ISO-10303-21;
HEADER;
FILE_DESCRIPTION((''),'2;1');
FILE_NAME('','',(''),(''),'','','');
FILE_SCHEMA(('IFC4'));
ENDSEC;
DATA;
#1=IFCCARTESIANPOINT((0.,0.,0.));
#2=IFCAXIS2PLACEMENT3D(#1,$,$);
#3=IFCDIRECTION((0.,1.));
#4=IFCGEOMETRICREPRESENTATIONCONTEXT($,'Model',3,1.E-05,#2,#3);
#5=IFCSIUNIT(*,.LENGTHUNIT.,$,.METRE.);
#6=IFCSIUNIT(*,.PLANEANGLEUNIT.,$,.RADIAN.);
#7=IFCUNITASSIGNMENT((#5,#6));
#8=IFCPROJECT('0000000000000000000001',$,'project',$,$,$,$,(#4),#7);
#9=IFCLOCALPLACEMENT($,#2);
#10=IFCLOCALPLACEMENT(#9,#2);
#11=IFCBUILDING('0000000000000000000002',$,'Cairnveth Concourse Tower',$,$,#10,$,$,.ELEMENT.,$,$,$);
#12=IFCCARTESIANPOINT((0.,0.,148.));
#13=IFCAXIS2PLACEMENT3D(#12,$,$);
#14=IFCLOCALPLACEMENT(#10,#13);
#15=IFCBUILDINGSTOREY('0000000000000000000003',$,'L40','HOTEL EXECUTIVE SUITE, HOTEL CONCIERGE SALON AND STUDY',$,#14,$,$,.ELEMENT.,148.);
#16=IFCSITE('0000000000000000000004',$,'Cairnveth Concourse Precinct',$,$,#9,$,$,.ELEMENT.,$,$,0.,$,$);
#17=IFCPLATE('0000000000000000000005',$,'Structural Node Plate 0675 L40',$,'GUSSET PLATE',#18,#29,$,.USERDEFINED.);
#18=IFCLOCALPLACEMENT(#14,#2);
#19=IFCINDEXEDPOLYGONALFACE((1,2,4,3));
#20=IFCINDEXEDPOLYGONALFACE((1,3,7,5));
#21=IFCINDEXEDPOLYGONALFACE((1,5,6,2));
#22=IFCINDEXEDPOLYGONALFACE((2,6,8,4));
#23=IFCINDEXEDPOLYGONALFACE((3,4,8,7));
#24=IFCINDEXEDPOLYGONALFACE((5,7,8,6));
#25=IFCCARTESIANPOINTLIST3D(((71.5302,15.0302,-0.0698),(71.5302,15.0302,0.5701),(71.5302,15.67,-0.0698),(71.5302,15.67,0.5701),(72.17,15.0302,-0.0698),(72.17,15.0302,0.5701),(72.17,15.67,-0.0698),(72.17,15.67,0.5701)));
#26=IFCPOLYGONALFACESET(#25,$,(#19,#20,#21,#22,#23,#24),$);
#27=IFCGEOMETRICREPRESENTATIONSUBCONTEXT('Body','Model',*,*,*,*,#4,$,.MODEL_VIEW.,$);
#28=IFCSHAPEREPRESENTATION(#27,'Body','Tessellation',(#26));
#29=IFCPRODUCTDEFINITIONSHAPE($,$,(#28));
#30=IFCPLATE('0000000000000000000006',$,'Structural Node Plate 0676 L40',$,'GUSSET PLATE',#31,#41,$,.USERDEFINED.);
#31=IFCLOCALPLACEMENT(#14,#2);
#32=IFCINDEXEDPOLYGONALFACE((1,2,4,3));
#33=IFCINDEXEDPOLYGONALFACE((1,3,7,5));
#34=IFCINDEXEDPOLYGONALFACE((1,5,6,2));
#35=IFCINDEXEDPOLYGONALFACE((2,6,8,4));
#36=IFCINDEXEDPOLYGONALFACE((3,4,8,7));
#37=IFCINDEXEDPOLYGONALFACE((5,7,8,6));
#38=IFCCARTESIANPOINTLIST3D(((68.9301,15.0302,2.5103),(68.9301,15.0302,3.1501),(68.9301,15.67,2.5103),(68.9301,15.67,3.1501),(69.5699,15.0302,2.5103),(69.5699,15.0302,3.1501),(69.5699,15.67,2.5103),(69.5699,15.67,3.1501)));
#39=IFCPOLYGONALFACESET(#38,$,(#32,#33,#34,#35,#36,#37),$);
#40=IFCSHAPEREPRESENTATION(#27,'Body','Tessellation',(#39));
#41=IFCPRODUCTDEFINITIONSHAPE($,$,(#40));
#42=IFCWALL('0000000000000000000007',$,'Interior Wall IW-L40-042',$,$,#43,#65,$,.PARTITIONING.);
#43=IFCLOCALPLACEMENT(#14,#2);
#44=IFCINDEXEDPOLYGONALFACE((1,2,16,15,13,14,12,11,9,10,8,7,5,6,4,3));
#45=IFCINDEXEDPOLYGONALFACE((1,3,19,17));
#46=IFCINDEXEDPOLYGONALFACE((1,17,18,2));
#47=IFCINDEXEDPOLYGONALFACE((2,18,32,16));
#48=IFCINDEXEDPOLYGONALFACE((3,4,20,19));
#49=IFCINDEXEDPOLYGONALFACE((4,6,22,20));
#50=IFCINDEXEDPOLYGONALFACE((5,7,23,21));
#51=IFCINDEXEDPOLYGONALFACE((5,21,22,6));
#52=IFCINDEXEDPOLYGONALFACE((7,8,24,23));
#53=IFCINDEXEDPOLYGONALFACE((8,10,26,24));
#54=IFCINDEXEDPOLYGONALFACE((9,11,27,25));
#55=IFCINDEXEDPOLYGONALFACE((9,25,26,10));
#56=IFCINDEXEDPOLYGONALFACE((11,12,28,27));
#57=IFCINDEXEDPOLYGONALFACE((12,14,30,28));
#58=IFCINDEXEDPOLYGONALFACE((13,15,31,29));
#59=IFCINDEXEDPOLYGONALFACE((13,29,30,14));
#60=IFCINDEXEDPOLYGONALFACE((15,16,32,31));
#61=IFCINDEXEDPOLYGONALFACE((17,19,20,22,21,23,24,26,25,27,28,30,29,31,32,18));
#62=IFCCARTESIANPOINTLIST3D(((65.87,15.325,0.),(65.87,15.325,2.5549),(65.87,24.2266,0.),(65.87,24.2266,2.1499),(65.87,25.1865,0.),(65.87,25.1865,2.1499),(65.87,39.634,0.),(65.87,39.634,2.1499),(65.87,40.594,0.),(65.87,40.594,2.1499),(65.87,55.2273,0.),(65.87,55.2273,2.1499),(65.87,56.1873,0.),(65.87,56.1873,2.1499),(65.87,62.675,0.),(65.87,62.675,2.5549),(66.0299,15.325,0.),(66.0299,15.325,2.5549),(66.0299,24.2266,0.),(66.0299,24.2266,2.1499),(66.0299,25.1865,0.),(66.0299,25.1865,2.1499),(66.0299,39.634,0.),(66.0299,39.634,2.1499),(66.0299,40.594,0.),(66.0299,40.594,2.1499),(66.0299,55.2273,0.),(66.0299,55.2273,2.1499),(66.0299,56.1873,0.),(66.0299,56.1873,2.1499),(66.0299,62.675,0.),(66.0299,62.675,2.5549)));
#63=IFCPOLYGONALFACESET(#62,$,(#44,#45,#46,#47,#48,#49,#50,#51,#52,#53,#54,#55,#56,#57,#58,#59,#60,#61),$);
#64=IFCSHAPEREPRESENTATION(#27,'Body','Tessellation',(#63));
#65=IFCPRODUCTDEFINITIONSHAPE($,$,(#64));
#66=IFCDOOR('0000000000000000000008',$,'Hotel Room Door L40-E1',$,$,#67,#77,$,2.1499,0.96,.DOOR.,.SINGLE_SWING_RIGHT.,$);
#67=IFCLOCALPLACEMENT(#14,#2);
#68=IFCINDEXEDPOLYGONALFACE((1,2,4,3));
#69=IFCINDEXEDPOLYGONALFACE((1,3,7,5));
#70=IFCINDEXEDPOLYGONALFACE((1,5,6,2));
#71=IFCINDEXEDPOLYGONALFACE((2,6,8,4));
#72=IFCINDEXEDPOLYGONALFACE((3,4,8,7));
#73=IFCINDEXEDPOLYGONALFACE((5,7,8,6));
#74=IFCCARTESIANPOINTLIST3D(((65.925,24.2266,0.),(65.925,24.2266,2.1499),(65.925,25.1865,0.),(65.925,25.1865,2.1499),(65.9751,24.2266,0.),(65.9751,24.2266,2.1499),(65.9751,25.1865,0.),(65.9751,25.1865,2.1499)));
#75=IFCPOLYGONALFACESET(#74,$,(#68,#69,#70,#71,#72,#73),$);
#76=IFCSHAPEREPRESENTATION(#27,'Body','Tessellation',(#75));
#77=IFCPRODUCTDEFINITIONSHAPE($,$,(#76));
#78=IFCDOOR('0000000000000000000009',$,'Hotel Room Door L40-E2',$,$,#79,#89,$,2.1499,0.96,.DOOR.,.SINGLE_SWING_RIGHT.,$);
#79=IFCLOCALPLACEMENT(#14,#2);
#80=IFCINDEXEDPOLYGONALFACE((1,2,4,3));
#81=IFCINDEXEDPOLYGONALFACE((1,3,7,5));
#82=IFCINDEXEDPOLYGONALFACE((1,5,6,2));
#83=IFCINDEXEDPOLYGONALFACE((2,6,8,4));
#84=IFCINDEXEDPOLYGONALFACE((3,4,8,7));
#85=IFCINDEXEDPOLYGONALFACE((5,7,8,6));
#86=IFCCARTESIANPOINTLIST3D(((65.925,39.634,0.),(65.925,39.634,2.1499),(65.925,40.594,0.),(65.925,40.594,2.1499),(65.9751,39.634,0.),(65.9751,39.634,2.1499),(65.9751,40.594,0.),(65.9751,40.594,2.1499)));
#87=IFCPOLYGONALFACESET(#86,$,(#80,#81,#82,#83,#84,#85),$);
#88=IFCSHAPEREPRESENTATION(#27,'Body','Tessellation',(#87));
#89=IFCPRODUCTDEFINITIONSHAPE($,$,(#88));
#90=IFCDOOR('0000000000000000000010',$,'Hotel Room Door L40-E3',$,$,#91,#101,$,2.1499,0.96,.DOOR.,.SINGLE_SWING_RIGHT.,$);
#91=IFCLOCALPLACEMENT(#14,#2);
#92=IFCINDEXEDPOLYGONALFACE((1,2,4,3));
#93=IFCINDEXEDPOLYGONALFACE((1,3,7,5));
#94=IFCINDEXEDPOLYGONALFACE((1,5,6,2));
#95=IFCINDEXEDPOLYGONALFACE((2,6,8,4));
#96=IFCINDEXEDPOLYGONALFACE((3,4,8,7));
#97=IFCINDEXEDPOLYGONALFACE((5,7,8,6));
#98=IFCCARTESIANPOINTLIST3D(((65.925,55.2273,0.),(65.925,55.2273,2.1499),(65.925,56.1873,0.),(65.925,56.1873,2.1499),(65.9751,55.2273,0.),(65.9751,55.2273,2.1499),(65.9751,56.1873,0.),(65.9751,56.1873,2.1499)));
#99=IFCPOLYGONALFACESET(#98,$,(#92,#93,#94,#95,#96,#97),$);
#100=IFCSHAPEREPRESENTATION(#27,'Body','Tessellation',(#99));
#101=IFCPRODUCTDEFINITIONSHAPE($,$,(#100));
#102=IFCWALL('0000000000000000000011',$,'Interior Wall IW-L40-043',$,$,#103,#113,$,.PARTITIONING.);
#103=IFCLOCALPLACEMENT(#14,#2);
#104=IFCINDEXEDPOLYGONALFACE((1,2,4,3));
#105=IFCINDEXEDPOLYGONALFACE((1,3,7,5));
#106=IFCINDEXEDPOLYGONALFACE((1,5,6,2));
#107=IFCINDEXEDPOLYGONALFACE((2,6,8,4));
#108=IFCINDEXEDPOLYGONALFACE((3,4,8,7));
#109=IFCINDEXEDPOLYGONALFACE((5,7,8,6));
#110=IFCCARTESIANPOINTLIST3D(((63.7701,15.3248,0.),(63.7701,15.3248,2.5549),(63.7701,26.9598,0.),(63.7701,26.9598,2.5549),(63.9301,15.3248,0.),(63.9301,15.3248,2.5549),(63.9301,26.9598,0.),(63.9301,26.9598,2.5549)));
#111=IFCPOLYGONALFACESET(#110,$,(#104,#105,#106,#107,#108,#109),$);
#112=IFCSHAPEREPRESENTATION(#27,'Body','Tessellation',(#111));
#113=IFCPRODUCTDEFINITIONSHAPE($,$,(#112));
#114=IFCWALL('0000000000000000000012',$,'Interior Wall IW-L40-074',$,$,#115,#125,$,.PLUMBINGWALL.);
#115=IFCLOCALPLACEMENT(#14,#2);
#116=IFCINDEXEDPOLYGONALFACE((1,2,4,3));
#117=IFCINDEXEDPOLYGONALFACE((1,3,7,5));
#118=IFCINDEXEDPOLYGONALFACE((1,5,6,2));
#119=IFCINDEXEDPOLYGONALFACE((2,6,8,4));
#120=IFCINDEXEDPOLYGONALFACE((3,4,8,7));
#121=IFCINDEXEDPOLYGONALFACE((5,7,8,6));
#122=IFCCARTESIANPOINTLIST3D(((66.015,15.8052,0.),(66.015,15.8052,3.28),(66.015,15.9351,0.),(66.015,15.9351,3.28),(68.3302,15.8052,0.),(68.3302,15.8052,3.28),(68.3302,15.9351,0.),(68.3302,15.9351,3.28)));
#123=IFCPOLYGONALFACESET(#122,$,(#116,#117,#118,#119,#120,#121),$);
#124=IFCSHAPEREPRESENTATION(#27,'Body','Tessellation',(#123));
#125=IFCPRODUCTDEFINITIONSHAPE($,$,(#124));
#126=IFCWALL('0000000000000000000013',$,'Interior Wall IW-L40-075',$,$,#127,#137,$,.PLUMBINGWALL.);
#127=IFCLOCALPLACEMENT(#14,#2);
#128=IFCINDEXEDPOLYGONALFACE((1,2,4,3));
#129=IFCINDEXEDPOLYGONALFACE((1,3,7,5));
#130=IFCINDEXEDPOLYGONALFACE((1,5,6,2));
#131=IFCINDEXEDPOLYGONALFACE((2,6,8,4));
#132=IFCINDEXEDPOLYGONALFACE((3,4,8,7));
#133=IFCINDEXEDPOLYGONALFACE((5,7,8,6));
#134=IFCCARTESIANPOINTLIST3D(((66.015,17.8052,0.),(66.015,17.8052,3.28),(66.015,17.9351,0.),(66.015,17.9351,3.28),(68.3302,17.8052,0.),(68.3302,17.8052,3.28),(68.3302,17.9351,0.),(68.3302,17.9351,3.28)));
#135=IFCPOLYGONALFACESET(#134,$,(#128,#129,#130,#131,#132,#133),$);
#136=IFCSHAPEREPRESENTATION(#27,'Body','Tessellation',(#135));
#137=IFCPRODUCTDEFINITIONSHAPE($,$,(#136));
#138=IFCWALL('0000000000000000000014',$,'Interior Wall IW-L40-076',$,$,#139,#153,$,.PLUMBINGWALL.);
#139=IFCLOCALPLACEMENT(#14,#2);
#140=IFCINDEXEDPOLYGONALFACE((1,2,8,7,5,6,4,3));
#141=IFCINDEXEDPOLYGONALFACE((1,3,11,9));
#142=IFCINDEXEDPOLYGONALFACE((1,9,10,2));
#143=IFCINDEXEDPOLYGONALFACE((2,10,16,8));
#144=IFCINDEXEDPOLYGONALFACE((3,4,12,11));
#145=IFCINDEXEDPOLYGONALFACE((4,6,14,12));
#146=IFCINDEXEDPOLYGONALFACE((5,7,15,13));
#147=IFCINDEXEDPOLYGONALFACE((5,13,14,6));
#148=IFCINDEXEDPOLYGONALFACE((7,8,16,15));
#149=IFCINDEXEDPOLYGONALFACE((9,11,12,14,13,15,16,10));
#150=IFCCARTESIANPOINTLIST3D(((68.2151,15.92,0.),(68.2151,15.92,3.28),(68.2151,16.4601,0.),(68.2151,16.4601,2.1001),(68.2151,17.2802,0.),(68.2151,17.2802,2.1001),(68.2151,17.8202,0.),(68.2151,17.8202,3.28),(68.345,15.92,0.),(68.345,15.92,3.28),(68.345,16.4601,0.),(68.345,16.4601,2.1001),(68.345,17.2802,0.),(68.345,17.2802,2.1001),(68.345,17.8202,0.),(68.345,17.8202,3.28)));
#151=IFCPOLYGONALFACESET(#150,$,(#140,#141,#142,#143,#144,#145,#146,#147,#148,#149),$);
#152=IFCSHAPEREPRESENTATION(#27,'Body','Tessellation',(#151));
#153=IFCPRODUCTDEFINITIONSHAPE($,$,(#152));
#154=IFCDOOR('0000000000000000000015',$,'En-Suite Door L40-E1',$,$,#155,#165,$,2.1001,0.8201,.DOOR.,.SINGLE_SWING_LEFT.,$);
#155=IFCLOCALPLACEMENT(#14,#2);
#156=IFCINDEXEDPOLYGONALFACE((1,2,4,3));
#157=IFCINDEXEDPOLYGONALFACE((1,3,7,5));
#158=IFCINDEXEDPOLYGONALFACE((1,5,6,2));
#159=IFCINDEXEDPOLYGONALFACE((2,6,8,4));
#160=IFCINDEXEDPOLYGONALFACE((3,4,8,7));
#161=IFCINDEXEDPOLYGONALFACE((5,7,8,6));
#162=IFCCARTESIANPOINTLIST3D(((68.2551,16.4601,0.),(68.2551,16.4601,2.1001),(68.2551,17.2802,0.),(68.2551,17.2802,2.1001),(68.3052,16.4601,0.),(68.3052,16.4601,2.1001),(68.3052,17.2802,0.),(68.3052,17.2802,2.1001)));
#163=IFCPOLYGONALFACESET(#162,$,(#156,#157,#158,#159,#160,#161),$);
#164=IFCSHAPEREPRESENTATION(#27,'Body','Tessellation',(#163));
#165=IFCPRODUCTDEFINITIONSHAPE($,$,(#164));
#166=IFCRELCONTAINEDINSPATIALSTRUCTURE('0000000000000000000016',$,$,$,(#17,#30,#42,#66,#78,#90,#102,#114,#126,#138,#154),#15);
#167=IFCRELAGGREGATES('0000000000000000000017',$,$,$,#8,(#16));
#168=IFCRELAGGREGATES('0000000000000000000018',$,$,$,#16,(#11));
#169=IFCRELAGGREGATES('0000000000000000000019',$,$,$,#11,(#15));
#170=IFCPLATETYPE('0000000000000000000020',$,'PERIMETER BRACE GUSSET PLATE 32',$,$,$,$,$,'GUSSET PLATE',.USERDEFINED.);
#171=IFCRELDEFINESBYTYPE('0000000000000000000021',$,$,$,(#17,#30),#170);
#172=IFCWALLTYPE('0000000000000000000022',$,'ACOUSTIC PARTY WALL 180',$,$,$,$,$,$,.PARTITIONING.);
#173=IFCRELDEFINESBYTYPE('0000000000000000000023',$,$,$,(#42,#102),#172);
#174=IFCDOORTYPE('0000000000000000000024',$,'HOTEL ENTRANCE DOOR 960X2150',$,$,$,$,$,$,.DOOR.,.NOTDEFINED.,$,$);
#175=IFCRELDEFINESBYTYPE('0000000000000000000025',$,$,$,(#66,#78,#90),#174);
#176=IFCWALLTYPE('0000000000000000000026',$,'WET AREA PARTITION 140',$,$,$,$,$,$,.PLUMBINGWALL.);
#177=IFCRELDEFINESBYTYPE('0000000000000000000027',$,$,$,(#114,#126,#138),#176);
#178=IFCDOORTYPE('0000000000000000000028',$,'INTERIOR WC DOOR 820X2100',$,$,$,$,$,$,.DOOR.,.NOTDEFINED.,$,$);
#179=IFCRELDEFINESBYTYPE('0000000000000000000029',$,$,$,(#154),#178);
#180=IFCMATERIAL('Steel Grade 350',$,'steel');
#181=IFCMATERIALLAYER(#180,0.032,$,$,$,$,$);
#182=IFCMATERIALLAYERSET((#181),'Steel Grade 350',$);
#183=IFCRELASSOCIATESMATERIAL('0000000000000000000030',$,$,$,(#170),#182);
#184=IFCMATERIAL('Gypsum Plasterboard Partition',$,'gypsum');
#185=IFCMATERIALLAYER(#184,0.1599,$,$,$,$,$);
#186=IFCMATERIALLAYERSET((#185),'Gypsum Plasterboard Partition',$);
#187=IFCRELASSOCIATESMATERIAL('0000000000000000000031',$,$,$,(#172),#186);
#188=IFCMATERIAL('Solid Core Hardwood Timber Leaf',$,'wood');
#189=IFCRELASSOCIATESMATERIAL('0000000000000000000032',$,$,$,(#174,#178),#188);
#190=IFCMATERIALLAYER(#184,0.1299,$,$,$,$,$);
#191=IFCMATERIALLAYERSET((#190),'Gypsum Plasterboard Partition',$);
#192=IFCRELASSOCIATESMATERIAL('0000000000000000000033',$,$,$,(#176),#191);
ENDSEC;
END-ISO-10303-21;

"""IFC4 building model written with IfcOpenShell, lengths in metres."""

from ifc_helpers import new_model, si_unit, direction, frame, frame_2d, origin, origin_2d, place, context, subcontext, project, spatial, rectangle, extrude, material, layer, layer_set, type_object, element, fill, save


model = new_model("IFC4")

# Units and contexts
model_context = context("Model", 3, precision=1e-05, world=origin(), true_north=direction((0.0, 1.0)))
body_context = subcontext(model_context, "Body", "Model", "MODEL_VIEW")
ifc_project = project(units=[si_unit("LENGTHUNIT", "METRE"), si_unit("PLANEANGLEUNIT", "RADIAN")], contexts=[model_context])

# Site, building, storey
site_placement = place(None, origin())
site = spatial("IfcSite", under=ifc_project, at=site_placement, Name="Cairnveth Concourse Precinct", CompositionType="ELEMENT", RefElevation=0.0)
building_placement = place(site_placement, origin())
building = spatial("IfcBuilding", under=site, at=building_placement, Name="Cairnveth Concourse Tower", CompositionType="ELEMENT")
storey_placement = place(building_placement, frame((0.0, 0.0, 148.0)))
storey = spatial("IfcBuildingStorey", under=building, at=storey_placement, Name="L40", Description="HOTEL EXECUTIVE SUITE, HOTEL CONCIERGE SALON AND STUDY", CompositionType="ELEMENT", Elevation=148.0)

# Shared definitions
ifc_material_1 = material(Name="Steel Grade 350", Category="steel")

# Plates
ifc_layer_1 = layer(ifc_material_1, 0.032)
ifc_layer_set_1 = layer_set([ifc_layer_1], Name="Steel Grade 350")
plate_type = type_object("IfcPlateType", Name="PERIMETER BRACE GUSSET PLATE 32", ElementType="GUSSET PLATE", PredefinedType="USERDEFINED", material=ifc_layer_set_1)
for number, where, z_axis, x_axis, name in (
    (1, (71.8501, 15.3501, -0.0698), (0.0, 0.0, 1.0), (1.0, 0.0, 0.0), "Structural Node Plate 0675 L40"),
    (2, (69.25, 15.3501, 2.5103), (0.0, 0.0, 1.0), (1.0, 0.0, 0.0), "Structural Node Plate 0676 L40"),
):
    element("IfcPlate", number, at=place(storey_placement, frame(where, z_axis=z_axis, x_axis=x_axis)), inside=storey, type_object=plate_type, Name=name, ObjectType="GUSSET PLATE", PredefinedType="USERDEFINED", context=body_context, shape_type="SweptSolid", body=[
        extrude(rectangle(XDim=0.6399, YDim=0.6399, at=origin_2d()), origin(), (0.0, 0.0, 1.0), 0.6399),
    ])

# Wall, openings, doors
ifc_material_2 = material(Name="Gypsum Plasterboard Partition", Category="gypsum")
ifc_layer_2 = layer(ifc_material_2, 0.1599)
ifc_layer_set_2 = layer_set([ifc_layer_2], Name="Gypsum Plasterboard Partition")
wall_type_1 = type_object("IfcWallType", Name="ACOUSTIC PARTY WALL 180", PredefinedType="PARTITIONING", material=ifc_layer_set_2)
wall_1_placement = place(storey_placement, frame((65.95, 15.325, 0.0), z_axis=(0.0, 0.0, 1.0), x_axis=(0.0, 1.0, 0.0)))
wall_1 = element("IfcWall", 3, at=wall_1_placement, inside=storey, type_object=wall_type_1, Name="Interior Wall IW-L40-042", PredefinedType="PARTITIONING", context=body_context, shape_type="SweptSolid", body=[
    extrude(rectangle(XDim=47.3501, YDim=0.1599, at=frame_2d((23.675, 0.0))), origin(), (0.0, 0.0, 1.0), 2.5549),
])
opening_1_placement = place(wall_1_placement, frame((8.9016, 0.0, 0.0)))
opening_1 = element("IfcOpeningElement", 4, at=opening_1_placement, cuts=wall_1, PredefinedType="OPENING", context=body_context, shape_type="SweptSolid", body=[
    extrude(rectangle(XDim=0.96, YDim=2.1499, at=frame_2d((0.48, 1.075))), frame((0.0, 0.0898, 0.0), z_axis=(0.0, -1.0, 0.0), x_axis=(1.0, 0.0, 0.0)), (0.0, 0.0, 1.0), 0.1799),
])
opening_2_placement = place(wall_1_placement, frame((24.3091, 0.0, 0.0)))
opening_2 = element("IfcOpeningElement", 5, at=opening_2_placement, cuts=wall_1, PredefinedType="OPENING", context=body_context, shape_type="SweptSolid", body=[
    extrude(rectangle(XDim=0.96, YDim=2.1499, at=frame_2d((0.48, 1.075))), frame((0.0, 0.0898, 0.0), z_axis=(0.0, -1.0, 0.0), x_axis=(1.0, 0.0, 0.0)), (0.0, 0.0, 1.0), 0.1799),
])
opening_3_placement = place(wall_1_placement, frame((39.9023, 0.0, 0.0)))
opening_3 = element("IfcOpeningElement", 6, at=opening_3_placement, cuts=wall_1, PredefinedType="OPENING", context=body_context, shape_type="SweptSolid", body=[
    extrude(rectangle(XDim=0.96, YDim=2.1499, at=frame_2d((0.48, 1.075))), frame((0.0, 0.0898, 0.0), z_axis=(0.0, -1.0, 0.0), x_axis=(1.0, 0.0, 0.0)), (0.0, 0.0, 1.0), 0.1799),
])
ifc_material_3 = material(Name="Solid Core Hardwood Timber Leaf", Category="wood")
door_type_1 = type_object("IfcDoorType", Name="HOTEL ENTRANCE DOOR 960X2150", OperationType="NOTDEFINED", PredefinedType="DOOR", material=ifc_material_3)
door_1_placement = place(opening_1_placement, origin())
door_1 = element("IfcDoor", 7, at=door_1_placement, inside=storey, type_object=door_type_1, Name="Hotel Room Door L40-E1", OperationType="SINGLE_SWING_RIGHT", OverallHeight=2.1499, OverallWidth=0.96, PredefinedType="DOOR", context=body_context, shape_type="SweptSolid", body=[
    extrude(rectangle(XDim=0.96, YDim=2.1499, at=frame_2d((0.48, 1.075))), frame((0.0, 0.0249, 0.0), z_axis=(0.0, -1.0, 0.0), x_axis=(1.0, 0.0, 0.0)), (0.0, 0.0, 1.0), 0.05),
])
fill(opening_1, door_1)
door_2_placement = place(opening_2_placement, origin())
door_2 = element("IfcDoor", 8, at=door_2_placement, inside=storey, type_object=door_type_1, Name="Hotel Room Door L40-E2", OperationType="SINGLE_SWING_RIGHT", OverallHeight=2.1499, OverallWidth=0.96, PredefinedType="DOOR", context=body_context, shape_type="SweptSolid", body=[
    extrude(rectangle(XDim=0.96, YDim=2.1499, at=frame_2d((0.48, 1.075))), frame((0.0, 0.0249, 0.0), z_axis=(0.0, -1.0, 0.0), x_axis=(1.0, 0.0, 0.0)), (0.0, 0.0, 1.0), 0.05),
])
fill(opening_2, door_2)
door_3_placement = place(opening_3_placement, origin())
door_3 = element("IfcDoor", 9, at=door_3_placement, inside=storey, type_object=door_type_1, Name="Hotel Room Door L40-E3", OperationType="SINGLE_SWING_RIGHT", OverallHeight=2.1499, OverallWidth=0.96, PredefinedType="DOOR", context=body_context, shape_type="SweptSolid", body=[
    extrude(rectangle(XDim=0.96, YDim=2.1499, at=frame_2d((0.48, 1.075))), frame((0.0, 0.0249, 0.0), z_axis=(0.0, -1.0, 0.0), x_axis=(1.0, 0.0, 0.0)), (0.0, 0.0, 1.0), 0.05),
])
fill(opening_3, door_3)

# Walls
wall_2_placement = place(storey_placement, frame((63.8501, 15.325, 0.0), z_axis=(0.0, 0.0, 1.0), x_axis=(0.0, 1.0, 0.0)))
element("IfcWall", 10, at=wall_2_placement, inside=storey, type_object=wall_type_1, Name="Interior Wall IW-L40-043", PredefinedType="PARTITIONING", context=body_context, shape_type="SweptSolid", body=[
    extrude(rectangle(XDim=11.635, YDim=0.1599, at=frame_2d((5.8174, 0.0))), origin(), (0.0, 0.0, 1.0), 2.5549),
])
ifc_layer_3 = layer(ifc_material_2, 0.1299)
ifc_layer_set_3 = layer_set([ifc_layer_3], Name="Gypsum Plasterboard Partition")
wall_type_2 = type_object("IfcWallType", Name="WET AREA PARTITION 140", PredefinedType="PLUMBINGWALL", material=ifc_layer_set_3)
for number, where, z_axis, x_axis, name in (
    (11, (66.0149, 15.8701, 0.0), (0.0, 0.0, 1.0), (1.0, 0.0, 0.0), "Interior Wall IW-L40-074"),
    (12, (66.0149, 17.8701, 0.0), (0.0, 0.0, 1.0), (1.0, 0.0, 0.0), "Interior Wall IW-L40-075"),
):
    element("IfcWall", number, at=place(storey_placement, frame(where, z_axis=z_axis, x_axis=x_axis)), inside=storey, type_object=wall_type_2, Name=name, PredefinedType="PLUMBINGWALL", context=body_context, shape_type="SweptSolid", body=[
        extrude(rectangle(XDim=2.3152, YDim=0.1299, at=frame_2d((1.1577, 0.0))), origin(), (0.0, 0.0, 1.0), 3.28),
    ])

# Wall, opening, door
wall_3_placement = place(storey_placement, frame((68.28, 15.9199, 0.0), z_axis=(0.0, 0.0, 1.0), x_axis=(0.0, 1.0, 0.0)))
wall_3 = element("IfcWall", 13, at=wall_3_placement, inside=storey, type_object=wall_type_2, Name="Interior Wall IW-L40-076", PredefinedType="PLUMBINGWALL", context=body_context, shape_type="SweptSolid", body=[
    extrude(rectangle(XDim=1.9001, YDim=0.1299, at=frame_2d((0.9502, 0.0))), origin(), (0.0, 0.0, 1.0), 3.28),
])
opening_4_placement = place(wall_3_placement, frame((0.54, 0.0, 0.0)))
opening_4 = element("IfcOpeningElement", 14, at=opening_4_placement, cuts=wall_3, PredefinedType="OPENING", context=body_context, shape_type="SweptSolid", body=[
    extrude(rectangle(XDim=0.8201, YDim=2.1001, at=frame_2d((0.4102, 1.05))), frame((0.0, 0.075, 0.0), z_axis=(0.0, -1.0, 0.0), x_axis=(1.0, 0.0, 0.0)), (0.0, 0.0, 1.0), 0.1499),
])
door_type_2 = type_object("IfcDoorType", Name="INTERIOR WC DOOR 820X2100", OperationType="NOTDEFINED", PredefinedType="DOOR", material=ifc_material_3)
door_4_placement = place(opening_4_placement, origin())
door_4 = element("IfcDoor", 15, at=door_4_placement, inside=storey, type_object=door_type_2, Name="En-Suite Door L40-E1", OperationType="SINGLE_SWING_LEFT", OverallHeight=2.1001, OverallWidth=0.8201, PredefinedType="DOOR", context=body_context, shape_type="SweptSolid", body=[
    extrude(rectangle(XDim=0.8201, YDim=2.1001, at=frame_2d((0.4102, 1.05))), frame((0.0, 0.0249, 0.0), z_axis=(0.0, -1.0, 0.0), x_axis=(1.0, 0.0, 0.0)), (0.0, 0.0, 1.0), 0.05),
])
fill(opening_4, door_4)

save(model, "model.ifc")
